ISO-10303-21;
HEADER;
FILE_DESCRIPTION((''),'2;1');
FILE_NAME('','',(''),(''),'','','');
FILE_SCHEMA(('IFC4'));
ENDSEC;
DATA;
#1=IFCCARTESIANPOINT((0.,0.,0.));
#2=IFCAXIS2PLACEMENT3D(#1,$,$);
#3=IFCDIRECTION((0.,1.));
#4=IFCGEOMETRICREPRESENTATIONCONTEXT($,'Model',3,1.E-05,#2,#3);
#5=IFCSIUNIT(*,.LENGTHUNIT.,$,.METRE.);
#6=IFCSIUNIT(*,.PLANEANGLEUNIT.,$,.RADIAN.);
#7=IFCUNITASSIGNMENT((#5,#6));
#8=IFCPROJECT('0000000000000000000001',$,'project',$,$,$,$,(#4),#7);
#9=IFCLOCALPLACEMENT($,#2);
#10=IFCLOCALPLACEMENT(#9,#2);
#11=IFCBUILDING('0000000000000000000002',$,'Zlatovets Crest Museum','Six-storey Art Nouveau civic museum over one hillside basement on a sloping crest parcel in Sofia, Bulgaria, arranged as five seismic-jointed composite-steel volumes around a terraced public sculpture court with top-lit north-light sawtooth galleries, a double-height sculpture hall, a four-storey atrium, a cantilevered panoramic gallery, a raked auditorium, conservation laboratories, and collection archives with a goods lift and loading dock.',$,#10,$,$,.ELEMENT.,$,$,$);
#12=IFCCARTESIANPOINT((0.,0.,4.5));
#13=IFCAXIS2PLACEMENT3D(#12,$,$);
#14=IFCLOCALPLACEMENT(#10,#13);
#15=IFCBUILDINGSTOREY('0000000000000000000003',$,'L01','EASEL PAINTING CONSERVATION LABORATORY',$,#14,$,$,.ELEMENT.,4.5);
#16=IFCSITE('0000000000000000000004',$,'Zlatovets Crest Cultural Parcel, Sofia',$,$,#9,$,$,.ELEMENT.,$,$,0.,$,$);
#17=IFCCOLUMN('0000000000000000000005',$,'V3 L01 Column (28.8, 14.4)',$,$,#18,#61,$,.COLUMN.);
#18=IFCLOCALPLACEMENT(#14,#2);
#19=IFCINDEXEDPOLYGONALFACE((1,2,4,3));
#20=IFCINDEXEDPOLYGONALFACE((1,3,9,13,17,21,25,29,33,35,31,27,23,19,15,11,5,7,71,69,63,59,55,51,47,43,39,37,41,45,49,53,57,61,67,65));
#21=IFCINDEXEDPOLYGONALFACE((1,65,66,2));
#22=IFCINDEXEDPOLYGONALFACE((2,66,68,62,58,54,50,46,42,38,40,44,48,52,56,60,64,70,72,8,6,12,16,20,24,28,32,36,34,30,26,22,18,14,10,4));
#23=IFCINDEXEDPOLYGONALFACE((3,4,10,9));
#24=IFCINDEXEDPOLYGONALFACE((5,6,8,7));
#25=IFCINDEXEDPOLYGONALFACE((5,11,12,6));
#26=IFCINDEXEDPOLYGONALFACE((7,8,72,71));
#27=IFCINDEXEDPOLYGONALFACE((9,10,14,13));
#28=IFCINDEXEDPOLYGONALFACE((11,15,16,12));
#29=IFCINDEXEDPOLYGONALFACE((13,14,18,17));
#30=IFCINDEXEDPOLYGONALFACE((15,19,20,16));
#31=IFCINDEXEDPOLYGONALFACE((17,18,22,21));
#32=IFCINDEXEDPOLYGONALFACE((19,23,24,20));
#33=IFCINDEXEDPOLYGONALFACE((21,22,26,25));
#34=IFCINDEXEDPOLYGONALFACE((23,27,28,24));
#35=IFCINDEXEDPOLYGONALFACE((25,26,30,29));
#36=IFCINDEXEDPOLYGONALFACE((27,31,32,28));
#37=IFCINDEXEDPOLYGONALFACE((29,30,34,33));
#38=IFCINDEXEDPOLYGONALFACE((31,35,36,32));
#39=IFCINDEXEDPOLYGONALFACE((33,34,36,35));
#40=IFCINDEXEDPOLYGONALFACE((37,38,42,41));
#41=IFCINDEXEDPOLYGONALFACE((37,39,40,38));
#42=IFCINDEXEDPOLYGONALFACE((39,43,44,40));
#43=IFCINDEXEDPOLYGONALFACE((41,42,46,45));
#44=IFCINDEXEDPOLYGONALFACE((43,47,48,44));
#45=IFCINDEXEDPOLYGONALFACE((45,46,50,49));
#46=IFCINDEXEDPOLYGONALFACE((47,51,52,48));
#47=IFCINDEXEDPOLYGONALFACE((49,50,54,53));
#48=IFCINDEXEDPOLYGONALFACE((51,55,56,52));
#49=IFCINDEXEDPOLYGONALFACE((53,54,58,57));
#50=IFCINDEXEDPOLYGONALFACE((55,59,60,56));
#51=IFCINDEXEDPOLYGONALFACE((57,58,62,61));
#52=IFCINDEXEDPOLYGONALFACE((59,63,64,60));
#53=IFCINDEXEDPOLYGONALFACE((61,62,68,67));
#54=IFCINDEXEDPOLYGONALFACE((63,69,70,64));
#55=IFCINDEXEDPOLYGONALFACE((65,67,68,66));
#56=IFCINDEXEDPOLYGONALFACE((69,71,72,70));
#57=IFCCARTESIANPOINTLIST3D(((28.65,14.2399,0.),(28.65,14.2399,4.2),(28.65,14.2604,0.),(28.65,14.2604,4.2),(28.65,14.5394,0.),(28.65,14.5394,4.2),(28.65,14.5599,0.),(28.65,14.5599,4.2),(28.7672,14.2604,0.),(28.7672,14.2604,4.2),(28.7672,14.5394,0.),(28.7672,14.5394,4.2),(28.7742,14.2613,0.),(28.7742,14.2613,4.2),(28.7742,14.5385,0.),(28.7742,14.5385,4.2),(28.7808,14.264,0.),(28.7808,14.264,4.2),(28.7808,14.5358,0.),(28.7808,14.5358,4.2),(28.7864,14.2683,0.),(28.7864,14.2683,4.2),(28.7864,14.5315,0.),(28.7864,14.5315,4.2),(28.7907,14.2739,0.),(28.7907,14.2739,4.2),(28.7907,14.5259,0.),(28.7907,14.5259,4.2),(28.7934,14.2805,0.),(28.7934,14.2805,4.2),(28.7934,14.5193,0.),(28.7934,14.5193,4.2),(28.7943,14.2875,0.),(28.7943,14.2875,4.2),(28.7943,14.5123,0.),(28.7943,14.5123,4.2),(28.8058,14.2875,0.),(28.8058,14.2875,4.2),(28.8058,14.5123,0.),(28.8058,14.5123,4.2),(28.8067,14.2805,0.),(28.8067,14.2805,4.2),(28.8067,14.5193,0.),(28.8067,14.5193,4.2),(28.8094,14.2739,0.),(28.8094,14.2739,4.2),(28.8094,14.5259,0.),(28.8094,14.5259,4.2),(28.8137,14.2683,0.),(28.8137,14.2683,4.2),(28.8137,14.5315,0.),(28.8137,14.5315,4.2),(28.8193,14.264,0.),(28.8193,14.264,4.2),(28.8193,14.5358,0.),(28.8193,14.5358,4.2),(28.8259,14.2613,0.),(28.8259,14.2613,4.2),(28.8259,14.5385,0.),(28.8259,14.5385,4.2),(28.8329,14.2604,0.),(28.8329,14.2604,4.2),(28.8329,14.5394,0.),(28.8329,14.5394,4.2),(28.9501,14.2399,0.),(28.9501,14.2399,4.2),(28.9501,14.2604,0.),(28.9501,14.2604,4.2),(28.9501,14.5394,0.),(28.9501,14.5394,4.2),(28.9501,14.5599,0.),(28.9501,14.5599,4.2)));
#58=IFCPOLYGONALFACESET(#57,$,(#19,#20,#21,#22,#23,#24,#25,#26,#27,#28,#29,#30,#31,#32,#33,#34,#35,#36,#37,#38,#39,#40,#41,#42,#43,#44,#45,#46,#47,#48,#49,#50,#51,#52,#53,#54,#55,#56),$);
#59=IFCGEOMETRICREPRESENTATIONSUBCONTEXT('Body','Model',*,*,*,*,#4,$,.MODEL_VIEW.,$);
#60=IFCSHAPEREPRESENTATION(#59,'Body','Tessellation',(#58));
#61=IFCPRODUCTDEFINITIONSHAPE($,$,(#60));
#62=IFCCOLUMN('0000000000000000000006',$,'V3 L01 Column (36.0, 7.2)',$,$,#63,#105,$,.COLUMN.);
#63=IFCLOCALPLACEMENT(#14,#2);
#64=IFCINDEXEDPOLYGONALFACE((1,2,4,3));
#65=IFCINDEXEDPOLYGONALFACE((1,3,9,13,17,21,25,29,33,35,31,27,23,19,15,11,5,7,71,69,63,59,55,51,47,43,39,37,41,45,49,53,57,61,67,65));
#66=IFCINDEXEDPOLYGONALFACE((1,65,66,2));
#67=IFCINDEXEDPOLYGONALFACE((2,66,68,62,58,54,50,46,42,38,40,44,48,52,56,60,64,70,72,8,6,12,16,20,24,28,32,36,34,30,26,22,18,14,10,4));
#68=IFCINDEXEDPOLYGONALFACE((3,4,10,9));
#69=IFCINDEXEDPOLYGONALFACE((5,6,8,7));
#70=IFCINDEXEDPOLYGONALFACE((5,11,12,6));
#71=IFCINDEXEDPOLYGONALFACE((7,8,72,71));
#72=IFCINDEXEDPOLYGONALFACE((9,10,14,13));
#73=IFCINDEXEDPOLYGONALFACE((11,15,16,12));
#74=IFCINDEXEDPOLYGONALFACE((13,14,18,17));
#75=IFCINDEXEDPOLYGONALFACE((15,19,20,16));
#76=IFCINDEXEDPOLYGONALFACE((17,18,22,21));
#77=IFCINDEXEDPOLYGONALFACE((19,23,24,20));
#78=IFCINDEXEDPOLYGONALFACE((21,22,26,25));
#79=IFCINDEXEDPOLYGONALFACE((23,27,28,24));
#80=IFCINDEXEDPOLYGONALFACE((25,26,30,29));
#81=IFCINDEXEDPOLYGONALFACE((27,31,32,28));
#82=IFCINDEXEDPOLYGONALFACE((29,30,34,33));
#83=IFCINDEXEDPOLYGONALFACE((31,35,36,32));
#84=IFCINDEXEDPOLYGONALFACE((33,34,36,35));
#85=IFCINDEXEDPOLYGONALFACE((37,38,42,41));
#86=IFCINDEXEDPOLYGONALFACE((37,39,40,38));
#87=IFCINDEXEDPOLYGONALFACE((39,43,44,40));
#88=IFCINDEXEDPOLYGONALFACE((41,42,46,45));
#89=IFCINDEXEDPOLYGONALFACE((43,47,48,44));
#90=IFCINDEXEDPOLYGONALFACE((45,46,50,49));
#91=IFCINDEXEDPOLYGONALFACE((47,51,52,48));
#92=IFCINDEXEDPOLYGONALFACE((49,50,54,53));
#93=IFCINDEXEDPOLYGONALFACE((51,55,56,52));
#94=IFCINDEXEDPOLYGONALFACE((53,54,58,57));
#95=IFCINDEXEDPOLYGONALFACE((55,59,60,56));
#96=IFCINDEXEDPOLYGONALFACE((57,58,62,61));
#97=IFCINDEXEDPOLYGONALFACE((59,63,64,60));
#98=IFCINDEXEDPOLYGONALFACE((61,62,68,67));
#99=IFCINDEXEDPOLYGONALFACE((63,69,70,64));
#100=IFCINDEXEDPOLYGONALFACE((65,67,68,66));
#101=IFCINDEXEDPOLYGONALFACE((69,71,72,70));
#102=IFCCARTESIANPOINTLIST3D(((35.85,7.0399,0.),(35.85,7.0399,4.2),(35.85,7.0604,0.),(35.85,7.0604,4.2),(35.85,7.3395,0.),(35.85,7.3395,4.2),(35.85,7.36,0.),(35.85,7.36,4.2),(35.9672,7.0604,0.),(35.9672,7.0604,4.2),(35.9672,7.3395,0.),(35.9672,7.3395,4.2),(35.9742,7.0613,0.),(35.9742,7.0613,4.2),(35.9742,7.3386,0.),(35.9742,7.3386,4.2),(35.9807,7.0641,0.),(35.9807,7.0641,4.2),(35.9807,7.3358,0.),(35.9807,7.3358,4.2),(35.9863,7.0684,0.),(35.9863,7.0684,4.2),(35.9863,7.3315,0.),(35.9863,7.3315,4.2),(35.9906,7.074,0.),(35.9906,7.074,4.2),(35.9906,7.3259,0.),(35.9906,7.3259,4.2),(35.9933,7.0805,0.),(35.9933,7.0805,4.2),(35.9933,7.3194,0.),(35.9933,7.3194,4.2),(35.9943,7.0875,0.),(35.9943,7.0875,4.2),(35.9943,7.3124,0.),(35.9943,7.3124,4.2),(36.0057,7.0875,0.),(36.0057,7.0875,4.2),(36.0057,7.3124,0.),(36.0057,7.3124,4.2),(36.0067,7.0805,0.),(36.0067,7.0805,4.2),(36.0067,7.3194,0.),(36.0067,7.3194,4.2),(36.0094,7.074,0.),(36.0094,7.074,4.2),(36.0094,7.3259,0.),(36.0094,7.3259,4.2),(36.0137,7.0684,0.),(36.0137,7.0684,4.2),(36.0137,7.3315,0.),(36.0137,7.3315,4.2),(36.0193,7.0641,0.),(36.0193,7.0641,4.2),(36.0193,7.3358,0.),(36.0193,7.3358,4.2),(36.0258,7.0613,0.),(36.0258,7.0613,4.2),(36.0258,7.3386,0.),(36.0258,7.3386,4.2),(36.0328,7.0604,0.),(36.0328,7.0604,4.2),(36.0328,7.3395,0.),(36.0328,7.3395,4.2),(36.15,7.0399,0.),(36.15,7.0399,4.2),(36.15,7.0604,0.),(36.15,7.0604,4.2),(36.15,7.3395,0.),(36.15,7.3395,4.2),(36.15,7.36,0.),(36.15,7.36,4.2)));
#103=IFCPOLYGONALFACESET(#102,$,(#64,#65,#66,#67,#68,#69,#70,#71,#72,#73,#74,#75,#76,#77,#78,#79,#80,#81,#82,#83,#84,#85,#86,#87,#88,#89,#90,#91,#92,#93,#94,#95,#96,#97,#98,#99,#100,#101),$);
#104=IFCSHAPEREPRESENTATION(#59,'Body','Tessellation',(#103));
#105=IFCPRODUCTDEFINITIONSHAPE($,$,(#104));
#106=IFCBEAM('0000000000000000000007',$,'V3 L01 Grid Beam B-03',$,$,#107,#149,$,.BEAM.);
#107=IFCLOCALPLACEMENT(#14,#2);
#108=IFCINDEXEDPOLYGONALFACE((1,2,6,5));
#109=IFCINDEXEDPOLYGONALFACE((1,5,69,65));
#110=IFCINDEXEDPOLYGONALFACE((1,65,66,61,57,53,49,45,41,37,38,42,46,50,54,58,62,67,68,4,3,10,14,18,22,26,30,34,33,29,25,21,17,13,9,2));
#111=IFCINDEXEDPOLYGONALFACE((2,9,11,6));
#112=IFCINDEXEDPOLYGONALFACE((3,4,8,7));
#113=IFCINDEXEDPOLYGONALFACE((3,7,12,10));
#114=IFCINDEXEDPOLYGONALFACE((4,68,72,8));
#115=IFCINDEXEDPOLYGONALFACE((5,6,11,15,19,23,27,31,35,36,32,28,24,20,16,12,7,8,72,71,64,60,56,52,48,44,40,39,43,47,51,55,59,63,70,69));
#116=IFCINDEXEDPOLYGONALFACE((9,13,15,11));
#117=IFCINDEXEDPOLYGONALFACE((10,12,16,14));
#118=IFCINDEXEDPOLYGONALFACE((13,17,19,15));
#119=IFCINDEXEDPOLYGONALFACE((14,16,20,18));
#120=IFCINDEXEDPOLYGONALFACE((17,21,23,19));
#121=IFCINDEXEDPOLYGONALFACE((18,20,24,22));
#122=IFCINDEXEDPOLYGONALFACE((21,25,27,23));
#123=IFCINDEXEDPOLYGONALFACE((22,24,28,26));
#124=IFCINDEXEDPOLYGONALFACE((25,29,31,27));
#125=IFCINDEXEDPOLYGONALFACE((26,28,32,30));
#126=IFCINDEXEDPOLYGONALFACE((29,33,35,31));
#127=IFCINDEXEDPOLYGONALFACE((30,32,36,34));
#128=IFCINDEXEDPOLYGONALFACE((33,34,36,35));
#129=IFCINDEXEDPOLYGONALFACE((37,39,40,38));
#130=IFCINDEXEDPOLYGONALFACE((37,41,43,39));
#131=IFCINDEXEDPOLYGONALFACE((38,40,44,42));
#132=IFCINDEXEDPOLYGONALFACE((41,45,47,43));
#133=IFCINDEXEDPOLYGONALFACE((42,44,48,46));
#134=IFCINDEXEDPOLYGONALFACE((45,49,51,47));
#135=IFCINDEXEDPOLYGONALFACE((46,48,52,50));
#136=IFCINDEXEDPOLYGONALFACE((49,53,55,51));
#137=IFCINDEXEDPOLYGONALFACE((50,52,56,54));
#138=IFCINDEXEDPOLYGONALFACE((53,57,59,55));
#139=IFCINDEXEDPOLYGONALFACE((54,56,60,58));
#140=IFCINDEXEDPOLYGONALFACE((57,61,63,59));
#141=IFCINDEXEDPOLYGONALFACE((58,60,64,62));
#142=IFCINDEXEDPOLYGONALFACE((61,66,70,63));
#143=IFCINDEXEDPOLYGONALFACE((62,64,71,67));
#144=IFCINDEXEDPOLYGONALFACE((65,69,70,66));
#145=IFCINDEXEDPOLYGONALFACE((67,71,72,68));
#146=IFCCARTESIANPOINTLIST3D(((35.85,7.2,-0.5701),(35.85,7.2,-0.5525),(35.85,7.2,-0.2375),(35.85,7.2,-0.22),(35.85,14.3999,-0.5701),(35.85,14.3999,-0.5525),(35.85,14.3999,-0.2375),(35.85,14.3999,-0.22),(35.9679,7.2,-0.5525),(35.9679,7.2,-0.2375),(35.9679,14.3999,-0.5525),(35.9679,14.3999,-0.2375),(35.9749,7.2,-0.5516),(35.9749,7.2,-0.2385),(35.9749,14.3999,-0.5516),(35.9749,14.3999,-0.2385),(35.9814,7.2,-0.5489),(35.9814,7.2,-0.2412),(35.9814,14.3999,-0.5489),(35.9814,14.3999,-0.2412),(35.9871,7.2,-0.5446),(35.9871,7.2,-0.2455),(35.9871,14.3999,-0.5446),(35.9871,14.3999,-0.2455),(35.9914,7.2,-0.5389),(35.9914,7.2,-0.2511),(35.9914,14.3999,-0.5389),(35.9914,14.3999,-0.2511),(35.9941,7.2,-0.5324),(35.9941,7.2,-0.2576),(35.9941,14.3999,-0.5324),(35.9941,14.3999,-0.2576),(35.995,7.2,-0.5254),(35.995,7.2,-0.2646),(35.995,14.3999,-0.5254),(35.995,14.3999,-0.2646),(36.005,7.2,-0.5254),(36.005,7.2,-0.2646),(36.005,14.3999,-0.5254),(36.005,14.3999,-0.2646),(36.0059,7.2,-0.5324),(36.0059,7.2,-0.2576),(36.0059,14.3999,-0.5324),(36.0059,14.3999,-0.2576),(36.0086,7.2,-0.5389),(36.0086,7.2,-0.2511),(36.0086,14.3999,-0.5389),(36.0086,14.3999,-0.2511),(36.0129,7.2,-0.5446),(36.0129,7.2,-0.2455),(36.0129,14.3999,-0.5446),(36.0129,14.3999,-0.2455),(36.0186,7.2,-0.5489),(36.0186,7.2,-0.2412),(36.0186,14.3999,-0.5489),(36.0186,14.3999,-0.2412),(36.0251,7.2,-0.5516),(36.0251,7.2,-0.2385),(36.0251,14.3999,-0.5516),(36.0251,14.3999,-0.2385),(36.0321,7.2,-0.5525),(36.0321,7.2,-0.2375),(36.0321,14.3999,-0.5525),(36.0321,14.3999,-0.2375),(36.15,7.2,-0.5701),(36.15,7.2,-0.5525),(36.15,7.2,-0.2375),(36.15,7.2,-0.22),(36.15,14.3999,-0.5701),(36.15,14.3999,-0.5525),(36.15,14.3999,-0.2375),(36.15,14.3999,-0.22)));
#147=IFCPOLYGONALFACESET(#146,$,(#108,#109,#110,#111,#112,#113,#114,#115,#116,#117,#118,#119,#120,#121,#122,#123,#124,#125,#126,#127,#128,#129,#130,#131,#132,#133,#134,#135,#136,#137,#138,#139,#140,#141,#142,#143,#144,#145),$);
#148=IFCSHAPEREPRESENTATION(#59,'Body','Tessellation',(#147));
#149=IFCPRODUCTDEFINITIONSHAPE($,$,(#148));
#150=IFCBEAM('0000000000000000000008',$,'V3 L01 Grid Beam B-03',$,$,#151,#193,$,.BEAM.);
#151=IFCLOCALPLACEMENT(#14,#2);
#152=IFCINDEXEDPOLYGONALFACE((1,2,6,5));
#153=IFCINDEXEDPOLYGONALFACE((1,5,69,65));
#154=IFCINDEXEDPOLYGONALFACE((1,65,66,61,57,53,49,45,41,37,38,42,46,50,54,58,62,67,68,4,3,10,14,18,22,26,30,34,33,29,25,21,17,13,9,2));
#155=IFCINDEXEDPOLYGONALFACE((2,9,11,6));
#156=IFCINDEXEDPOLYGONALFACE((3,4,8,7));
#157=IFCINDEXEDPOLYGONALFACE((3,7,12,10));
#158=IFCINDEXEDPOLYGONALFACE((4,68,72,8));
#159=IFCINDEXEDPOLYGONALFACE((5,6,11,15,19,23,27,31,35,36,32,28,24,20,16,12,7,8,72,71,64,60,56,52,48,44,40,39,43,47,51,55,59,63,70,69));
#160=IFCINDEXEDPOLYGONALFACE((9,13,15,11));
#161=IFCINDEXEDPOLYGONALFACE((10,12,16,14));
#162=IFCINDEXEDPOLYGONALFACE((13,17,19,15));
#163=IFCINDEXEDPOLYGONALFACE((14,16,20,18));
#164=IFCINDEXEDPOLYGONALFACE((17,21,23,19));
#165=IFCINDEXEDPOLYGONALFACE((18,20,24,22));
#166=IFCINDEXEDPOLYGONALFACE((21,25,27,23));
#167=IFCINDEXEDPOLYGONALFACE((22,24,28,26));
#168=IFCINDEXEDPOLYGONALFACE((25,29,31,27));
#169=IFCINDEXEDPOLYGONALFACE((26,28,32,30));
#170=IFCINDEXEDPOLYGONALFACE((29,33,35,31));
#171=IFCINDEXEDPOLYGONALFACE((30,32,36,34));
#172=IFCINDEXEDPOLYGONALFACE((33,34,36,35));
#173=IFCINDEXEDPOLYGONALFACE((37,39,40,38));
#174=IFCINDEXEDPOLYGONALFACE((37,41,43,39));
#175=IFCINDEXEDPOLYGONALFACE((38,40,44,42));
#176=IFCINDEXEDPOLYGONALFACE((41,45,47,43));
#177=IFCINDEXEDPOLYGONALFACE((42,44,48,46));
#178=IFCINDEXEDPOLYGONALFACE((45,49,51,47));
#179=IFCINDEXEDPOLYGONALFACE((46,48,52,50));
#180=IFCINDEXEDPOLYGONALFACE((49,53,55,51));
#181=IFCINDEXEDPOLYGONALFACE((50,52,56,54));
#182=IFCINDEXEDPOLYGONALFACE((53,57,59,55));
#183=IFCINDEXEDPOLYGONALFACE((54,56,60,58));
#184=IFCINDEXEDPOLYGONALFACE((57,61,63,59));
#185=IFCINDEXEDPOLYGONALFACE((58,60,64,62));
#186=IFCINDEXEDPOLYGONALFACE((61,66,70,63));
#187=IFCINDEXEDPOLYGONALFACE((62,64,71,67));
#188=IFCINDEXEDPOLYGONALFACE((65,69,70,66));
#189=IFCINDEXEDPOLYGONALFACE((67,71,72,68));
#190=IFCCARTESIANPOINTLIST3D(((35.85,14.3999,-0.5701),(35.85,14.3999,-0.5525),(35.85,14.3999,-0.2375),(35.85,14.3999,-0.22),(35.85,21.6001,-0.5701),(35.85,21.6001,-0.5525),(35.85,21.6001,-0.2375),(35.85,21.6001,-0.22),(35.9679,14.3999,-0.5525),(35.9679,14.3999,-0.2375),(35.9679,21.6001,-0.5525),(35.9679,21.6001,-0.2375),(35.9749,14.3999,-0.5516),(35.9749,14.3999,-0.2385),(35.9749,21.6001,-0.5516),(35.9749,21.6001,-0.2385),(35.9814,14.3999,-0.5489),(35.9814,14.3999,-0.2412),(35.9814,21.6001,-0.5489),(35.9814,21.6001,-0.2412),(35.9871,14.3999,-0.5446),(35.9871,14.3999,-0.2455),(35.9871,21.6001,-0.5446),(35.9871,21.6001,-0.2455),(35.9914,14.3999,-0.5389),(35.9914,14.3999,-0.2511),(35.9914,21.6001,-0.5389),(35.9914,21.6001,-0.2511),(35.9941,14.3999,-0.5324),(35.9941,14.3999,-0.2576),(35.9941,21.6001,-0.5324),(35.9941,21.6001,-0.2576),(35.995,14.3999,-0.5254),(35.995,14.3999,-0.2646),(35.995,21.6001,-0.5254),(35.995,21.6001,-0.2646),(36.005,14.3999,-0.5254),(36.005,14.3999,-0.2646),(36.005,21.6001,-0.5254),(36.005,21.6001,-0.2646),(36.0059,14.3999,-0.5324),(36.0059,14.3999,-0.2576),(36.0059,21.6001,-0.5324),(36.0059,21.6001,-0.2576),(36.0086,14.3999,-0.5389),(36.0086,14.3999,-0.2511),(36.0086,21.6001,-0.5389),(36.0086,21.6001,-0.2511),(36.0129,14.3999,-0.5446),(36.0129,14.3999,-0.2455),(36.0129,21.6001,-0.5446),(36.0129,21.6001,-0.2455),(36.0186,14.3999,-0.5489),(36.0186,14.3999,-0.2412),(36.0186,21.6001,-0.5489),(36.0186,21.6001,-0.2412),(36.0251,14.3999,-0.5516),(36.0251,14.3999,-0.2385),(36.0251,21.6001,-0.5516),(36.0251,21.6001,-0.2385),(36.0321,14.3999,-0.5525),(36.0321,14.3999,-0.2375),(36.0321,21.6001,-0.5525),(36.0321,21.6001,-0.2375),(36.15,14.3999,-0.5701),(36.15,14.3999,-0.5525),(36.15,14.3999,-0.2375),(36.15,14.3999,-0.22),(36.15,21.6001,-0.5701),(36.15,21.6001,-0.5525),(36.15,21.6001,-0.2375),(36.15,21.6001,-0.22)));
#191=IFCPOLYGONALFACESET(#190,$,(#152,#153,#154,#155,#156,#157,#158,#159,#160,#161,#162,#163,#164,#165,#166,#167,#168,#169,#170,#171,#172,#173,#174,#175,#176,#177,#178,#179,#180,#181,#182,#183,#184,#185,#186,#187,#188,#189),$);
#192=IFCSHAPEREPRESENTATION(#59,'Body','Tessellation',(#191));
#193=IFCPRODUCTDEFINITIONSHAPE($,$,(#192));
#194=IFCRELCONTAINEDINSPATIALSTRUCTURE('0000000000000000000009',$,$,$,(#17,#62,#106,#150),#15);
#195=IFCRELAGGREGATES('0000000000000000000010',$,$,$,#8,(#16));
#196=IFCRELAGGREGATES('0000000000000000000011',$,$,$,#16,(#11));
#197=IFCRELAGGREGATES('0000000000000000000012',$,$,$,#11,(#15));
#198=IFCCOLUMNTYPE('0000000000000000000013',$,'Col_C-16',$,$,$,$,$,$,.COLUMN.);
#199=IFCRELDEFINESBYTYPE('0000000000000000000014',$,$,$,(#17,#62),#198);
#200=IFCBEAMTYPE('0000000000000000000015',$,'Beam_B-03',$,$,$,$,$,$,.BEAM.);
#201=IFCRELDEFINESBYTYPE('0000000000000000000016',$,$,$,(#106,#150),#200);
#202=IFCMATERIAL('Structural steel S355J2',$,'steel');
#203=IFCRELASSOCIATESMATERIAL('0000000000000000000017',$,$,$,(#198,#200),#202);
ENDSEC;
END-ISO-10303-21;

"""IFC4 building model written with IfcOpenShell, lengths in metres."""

from ifc_helpers import new_model, si_unit, direction, frame, origin, origin_2d, place, context, subcontext, project, spatial, i_section, extrude, material, material_profile, profile_set, type_object, element, save


model = new_model("IFC4")

# Units and contexts
model_context = context("Model", 3, precision=1e-05, world=origin(), true_north=direction((0.0, 1.0)))
body_context = subcontext(model_context, "Body", "Model", "MODEL_VIEW")
ifc_project = project(units=[si_unit("LENGTHUNIT", "METRE"), si_unit("PLANEANGLEUNIT", "RADIAN")], contexts=[model_context])

# Site, building, storey
site_placement = place(None, origin())
site = spatial("IfcSite", under=ifc_project, at=site_placement, Name="Zlatovets Crest Cultural Parcel, Sofia", CompositionType="ELEMENT", RefElevation=0.0)
building_placement = place(site_placement, origin())
building = spatial("IfcBuilding", under=site, at=building_placement, Name="Zlatovets Crest Museum", Description="Six-storey Art Nouveau civic museum over one hillside basement on a sloping crest parcel in Sofia, Bulgaria, arranged as five seismic-jointed composite-steel volumes around a terraced public sculpture court with top-lit north-light sawtooth galleries, a double-height sculpture hall, a four-storey atrium, a cantilevered panoramic gallery, a raked auditorium, conservation laboratories, and collection archives with a goods lift and loading dock.", CompositionType="ELEMENT")
storey_placement = place(building_placement, frame((0.0, 0.0, 4.5)))
storey = spatial("IfcBuildingStorey", under=building, at=storey_placement, Name="L01", Description="EASEL PAINTING CONSERVATION LABORATORY", CompositionType="ELEMENT", Elevation=4.5)

# Columns
ifc_material_1 = material(Name="Structural steel S355J2", Category="steel")
ifc_material_profile_1 = material_profile(ifc_material_1, i_section(OverallWidth=0.3, OverallDepth=0.3201, WebThickness=0.0115, FlangeThickness=0.0205, FilletRadius=0.0271, at=origin_2d()), Name="HEB 320")
ifc_profile_set_1 = profile_set([ifc_material_profile_1], Name="Structural steel S355J2")
column_type = type_object("IfcColumnType", Name="Col_C-16", PredefinedType="COLUMN", material=ifc_profile_set_1)
for number, where, z_axis, x_axis, name in (
    (1, (28.8, 14.3999, 0.0), (0.0, 0.0, 1.0), (1.0, 0.0, 0.0), "V3 L01 Column (28.8, 14.4)"),
    (2, (36.0, 7.2, 0.0), (0.0, 0.0, 1.0), (1.0, 0.0, 0.0), "V3 L01 Column (36.0, 7.2)"),
):
    element("IfcColumn", number, at=place(storey_placement, frame(where, z_axis=z_axis, x_axis=x_axis)), inside=storey, type_object=column_type, Name=name, PredefinedType="COLUMN", context=body_context, shape_type="SweptSolid", body=[
        extrude(i_section(OverallWidth=0.3, OverallDepth=0.3201, WebThickness=0.0115, FlangeThickness=0.0205, FilletRadius=0.0271, at=origin_2d()), origin(), (0.0, 0.0, 1.0), 4.2),
    ])

# Beams
ifc_material_profile_2 = material_profile(ifc_material_1, i_section(OverallWidth=0.3, OverallDepth=0.3501, WebThickness=0.01, FlangeThickness=0.0176, FilletRadius=0.0271, at=origin_2d()), Name="HEA 360")
ifc_profile_set_2 = profile_set([ifc_material_profile_2], Name="Structural steel S355J2")
beam_type_1 = type_object("IfcBeamType", Name="Beam_B-03", PredefinedType="BEAM", material=ifc_profile_set_2)
beam_1_placement = place(storey_placement, frame((36.0, 7.2, -0.395), z_axis=(0.0, 1.0, 0.0), x_axis=(-1.0, 0.0, 0.0)))
element("IfcBeam", 3, at=beam_1_placement, inside=storey, type_object=beam_type_1, Name="V3 L01 Grid Beam B-03", PredefinedType="BEAM", context=body_context, shape_type="SweptSolid", body=[
    extrude(i_section(OverallWidth=0.3, OverallDepth=0.3501, WebThickness=0.01, FlangeThickness=0.0176, FilletRadius=0.0271, at=origin_2d()), origin(), (0.0, 0.0, 1.0), 7.2),
])
beam_2_placement = place(storey_placement, frame((36.0, 14.3999, -0.395), z_axis=(0.0, 1.0, 0.0), x_axis=(-1.0, 0.0, 0.0)))
element("IfcBeam", 4, at=beam_2_placement, inside=storey, type_object=beam_type_1, Name="V3 L01 Grid Beam B-03", PredefinedType="BEAM", context=body_context, shape_type="SweptSolid", body=[
    extrude(i_section(OverallWidth=0.3, OverallDepth=0.3501, WebThickness=0.01, FlangeThickness=0.0176, FilletRadius=0.0271, at=origin_2d()), origin(), (0.0, 0.0, 1.0), 7.2002),
])

save(model, "model.ifc")
